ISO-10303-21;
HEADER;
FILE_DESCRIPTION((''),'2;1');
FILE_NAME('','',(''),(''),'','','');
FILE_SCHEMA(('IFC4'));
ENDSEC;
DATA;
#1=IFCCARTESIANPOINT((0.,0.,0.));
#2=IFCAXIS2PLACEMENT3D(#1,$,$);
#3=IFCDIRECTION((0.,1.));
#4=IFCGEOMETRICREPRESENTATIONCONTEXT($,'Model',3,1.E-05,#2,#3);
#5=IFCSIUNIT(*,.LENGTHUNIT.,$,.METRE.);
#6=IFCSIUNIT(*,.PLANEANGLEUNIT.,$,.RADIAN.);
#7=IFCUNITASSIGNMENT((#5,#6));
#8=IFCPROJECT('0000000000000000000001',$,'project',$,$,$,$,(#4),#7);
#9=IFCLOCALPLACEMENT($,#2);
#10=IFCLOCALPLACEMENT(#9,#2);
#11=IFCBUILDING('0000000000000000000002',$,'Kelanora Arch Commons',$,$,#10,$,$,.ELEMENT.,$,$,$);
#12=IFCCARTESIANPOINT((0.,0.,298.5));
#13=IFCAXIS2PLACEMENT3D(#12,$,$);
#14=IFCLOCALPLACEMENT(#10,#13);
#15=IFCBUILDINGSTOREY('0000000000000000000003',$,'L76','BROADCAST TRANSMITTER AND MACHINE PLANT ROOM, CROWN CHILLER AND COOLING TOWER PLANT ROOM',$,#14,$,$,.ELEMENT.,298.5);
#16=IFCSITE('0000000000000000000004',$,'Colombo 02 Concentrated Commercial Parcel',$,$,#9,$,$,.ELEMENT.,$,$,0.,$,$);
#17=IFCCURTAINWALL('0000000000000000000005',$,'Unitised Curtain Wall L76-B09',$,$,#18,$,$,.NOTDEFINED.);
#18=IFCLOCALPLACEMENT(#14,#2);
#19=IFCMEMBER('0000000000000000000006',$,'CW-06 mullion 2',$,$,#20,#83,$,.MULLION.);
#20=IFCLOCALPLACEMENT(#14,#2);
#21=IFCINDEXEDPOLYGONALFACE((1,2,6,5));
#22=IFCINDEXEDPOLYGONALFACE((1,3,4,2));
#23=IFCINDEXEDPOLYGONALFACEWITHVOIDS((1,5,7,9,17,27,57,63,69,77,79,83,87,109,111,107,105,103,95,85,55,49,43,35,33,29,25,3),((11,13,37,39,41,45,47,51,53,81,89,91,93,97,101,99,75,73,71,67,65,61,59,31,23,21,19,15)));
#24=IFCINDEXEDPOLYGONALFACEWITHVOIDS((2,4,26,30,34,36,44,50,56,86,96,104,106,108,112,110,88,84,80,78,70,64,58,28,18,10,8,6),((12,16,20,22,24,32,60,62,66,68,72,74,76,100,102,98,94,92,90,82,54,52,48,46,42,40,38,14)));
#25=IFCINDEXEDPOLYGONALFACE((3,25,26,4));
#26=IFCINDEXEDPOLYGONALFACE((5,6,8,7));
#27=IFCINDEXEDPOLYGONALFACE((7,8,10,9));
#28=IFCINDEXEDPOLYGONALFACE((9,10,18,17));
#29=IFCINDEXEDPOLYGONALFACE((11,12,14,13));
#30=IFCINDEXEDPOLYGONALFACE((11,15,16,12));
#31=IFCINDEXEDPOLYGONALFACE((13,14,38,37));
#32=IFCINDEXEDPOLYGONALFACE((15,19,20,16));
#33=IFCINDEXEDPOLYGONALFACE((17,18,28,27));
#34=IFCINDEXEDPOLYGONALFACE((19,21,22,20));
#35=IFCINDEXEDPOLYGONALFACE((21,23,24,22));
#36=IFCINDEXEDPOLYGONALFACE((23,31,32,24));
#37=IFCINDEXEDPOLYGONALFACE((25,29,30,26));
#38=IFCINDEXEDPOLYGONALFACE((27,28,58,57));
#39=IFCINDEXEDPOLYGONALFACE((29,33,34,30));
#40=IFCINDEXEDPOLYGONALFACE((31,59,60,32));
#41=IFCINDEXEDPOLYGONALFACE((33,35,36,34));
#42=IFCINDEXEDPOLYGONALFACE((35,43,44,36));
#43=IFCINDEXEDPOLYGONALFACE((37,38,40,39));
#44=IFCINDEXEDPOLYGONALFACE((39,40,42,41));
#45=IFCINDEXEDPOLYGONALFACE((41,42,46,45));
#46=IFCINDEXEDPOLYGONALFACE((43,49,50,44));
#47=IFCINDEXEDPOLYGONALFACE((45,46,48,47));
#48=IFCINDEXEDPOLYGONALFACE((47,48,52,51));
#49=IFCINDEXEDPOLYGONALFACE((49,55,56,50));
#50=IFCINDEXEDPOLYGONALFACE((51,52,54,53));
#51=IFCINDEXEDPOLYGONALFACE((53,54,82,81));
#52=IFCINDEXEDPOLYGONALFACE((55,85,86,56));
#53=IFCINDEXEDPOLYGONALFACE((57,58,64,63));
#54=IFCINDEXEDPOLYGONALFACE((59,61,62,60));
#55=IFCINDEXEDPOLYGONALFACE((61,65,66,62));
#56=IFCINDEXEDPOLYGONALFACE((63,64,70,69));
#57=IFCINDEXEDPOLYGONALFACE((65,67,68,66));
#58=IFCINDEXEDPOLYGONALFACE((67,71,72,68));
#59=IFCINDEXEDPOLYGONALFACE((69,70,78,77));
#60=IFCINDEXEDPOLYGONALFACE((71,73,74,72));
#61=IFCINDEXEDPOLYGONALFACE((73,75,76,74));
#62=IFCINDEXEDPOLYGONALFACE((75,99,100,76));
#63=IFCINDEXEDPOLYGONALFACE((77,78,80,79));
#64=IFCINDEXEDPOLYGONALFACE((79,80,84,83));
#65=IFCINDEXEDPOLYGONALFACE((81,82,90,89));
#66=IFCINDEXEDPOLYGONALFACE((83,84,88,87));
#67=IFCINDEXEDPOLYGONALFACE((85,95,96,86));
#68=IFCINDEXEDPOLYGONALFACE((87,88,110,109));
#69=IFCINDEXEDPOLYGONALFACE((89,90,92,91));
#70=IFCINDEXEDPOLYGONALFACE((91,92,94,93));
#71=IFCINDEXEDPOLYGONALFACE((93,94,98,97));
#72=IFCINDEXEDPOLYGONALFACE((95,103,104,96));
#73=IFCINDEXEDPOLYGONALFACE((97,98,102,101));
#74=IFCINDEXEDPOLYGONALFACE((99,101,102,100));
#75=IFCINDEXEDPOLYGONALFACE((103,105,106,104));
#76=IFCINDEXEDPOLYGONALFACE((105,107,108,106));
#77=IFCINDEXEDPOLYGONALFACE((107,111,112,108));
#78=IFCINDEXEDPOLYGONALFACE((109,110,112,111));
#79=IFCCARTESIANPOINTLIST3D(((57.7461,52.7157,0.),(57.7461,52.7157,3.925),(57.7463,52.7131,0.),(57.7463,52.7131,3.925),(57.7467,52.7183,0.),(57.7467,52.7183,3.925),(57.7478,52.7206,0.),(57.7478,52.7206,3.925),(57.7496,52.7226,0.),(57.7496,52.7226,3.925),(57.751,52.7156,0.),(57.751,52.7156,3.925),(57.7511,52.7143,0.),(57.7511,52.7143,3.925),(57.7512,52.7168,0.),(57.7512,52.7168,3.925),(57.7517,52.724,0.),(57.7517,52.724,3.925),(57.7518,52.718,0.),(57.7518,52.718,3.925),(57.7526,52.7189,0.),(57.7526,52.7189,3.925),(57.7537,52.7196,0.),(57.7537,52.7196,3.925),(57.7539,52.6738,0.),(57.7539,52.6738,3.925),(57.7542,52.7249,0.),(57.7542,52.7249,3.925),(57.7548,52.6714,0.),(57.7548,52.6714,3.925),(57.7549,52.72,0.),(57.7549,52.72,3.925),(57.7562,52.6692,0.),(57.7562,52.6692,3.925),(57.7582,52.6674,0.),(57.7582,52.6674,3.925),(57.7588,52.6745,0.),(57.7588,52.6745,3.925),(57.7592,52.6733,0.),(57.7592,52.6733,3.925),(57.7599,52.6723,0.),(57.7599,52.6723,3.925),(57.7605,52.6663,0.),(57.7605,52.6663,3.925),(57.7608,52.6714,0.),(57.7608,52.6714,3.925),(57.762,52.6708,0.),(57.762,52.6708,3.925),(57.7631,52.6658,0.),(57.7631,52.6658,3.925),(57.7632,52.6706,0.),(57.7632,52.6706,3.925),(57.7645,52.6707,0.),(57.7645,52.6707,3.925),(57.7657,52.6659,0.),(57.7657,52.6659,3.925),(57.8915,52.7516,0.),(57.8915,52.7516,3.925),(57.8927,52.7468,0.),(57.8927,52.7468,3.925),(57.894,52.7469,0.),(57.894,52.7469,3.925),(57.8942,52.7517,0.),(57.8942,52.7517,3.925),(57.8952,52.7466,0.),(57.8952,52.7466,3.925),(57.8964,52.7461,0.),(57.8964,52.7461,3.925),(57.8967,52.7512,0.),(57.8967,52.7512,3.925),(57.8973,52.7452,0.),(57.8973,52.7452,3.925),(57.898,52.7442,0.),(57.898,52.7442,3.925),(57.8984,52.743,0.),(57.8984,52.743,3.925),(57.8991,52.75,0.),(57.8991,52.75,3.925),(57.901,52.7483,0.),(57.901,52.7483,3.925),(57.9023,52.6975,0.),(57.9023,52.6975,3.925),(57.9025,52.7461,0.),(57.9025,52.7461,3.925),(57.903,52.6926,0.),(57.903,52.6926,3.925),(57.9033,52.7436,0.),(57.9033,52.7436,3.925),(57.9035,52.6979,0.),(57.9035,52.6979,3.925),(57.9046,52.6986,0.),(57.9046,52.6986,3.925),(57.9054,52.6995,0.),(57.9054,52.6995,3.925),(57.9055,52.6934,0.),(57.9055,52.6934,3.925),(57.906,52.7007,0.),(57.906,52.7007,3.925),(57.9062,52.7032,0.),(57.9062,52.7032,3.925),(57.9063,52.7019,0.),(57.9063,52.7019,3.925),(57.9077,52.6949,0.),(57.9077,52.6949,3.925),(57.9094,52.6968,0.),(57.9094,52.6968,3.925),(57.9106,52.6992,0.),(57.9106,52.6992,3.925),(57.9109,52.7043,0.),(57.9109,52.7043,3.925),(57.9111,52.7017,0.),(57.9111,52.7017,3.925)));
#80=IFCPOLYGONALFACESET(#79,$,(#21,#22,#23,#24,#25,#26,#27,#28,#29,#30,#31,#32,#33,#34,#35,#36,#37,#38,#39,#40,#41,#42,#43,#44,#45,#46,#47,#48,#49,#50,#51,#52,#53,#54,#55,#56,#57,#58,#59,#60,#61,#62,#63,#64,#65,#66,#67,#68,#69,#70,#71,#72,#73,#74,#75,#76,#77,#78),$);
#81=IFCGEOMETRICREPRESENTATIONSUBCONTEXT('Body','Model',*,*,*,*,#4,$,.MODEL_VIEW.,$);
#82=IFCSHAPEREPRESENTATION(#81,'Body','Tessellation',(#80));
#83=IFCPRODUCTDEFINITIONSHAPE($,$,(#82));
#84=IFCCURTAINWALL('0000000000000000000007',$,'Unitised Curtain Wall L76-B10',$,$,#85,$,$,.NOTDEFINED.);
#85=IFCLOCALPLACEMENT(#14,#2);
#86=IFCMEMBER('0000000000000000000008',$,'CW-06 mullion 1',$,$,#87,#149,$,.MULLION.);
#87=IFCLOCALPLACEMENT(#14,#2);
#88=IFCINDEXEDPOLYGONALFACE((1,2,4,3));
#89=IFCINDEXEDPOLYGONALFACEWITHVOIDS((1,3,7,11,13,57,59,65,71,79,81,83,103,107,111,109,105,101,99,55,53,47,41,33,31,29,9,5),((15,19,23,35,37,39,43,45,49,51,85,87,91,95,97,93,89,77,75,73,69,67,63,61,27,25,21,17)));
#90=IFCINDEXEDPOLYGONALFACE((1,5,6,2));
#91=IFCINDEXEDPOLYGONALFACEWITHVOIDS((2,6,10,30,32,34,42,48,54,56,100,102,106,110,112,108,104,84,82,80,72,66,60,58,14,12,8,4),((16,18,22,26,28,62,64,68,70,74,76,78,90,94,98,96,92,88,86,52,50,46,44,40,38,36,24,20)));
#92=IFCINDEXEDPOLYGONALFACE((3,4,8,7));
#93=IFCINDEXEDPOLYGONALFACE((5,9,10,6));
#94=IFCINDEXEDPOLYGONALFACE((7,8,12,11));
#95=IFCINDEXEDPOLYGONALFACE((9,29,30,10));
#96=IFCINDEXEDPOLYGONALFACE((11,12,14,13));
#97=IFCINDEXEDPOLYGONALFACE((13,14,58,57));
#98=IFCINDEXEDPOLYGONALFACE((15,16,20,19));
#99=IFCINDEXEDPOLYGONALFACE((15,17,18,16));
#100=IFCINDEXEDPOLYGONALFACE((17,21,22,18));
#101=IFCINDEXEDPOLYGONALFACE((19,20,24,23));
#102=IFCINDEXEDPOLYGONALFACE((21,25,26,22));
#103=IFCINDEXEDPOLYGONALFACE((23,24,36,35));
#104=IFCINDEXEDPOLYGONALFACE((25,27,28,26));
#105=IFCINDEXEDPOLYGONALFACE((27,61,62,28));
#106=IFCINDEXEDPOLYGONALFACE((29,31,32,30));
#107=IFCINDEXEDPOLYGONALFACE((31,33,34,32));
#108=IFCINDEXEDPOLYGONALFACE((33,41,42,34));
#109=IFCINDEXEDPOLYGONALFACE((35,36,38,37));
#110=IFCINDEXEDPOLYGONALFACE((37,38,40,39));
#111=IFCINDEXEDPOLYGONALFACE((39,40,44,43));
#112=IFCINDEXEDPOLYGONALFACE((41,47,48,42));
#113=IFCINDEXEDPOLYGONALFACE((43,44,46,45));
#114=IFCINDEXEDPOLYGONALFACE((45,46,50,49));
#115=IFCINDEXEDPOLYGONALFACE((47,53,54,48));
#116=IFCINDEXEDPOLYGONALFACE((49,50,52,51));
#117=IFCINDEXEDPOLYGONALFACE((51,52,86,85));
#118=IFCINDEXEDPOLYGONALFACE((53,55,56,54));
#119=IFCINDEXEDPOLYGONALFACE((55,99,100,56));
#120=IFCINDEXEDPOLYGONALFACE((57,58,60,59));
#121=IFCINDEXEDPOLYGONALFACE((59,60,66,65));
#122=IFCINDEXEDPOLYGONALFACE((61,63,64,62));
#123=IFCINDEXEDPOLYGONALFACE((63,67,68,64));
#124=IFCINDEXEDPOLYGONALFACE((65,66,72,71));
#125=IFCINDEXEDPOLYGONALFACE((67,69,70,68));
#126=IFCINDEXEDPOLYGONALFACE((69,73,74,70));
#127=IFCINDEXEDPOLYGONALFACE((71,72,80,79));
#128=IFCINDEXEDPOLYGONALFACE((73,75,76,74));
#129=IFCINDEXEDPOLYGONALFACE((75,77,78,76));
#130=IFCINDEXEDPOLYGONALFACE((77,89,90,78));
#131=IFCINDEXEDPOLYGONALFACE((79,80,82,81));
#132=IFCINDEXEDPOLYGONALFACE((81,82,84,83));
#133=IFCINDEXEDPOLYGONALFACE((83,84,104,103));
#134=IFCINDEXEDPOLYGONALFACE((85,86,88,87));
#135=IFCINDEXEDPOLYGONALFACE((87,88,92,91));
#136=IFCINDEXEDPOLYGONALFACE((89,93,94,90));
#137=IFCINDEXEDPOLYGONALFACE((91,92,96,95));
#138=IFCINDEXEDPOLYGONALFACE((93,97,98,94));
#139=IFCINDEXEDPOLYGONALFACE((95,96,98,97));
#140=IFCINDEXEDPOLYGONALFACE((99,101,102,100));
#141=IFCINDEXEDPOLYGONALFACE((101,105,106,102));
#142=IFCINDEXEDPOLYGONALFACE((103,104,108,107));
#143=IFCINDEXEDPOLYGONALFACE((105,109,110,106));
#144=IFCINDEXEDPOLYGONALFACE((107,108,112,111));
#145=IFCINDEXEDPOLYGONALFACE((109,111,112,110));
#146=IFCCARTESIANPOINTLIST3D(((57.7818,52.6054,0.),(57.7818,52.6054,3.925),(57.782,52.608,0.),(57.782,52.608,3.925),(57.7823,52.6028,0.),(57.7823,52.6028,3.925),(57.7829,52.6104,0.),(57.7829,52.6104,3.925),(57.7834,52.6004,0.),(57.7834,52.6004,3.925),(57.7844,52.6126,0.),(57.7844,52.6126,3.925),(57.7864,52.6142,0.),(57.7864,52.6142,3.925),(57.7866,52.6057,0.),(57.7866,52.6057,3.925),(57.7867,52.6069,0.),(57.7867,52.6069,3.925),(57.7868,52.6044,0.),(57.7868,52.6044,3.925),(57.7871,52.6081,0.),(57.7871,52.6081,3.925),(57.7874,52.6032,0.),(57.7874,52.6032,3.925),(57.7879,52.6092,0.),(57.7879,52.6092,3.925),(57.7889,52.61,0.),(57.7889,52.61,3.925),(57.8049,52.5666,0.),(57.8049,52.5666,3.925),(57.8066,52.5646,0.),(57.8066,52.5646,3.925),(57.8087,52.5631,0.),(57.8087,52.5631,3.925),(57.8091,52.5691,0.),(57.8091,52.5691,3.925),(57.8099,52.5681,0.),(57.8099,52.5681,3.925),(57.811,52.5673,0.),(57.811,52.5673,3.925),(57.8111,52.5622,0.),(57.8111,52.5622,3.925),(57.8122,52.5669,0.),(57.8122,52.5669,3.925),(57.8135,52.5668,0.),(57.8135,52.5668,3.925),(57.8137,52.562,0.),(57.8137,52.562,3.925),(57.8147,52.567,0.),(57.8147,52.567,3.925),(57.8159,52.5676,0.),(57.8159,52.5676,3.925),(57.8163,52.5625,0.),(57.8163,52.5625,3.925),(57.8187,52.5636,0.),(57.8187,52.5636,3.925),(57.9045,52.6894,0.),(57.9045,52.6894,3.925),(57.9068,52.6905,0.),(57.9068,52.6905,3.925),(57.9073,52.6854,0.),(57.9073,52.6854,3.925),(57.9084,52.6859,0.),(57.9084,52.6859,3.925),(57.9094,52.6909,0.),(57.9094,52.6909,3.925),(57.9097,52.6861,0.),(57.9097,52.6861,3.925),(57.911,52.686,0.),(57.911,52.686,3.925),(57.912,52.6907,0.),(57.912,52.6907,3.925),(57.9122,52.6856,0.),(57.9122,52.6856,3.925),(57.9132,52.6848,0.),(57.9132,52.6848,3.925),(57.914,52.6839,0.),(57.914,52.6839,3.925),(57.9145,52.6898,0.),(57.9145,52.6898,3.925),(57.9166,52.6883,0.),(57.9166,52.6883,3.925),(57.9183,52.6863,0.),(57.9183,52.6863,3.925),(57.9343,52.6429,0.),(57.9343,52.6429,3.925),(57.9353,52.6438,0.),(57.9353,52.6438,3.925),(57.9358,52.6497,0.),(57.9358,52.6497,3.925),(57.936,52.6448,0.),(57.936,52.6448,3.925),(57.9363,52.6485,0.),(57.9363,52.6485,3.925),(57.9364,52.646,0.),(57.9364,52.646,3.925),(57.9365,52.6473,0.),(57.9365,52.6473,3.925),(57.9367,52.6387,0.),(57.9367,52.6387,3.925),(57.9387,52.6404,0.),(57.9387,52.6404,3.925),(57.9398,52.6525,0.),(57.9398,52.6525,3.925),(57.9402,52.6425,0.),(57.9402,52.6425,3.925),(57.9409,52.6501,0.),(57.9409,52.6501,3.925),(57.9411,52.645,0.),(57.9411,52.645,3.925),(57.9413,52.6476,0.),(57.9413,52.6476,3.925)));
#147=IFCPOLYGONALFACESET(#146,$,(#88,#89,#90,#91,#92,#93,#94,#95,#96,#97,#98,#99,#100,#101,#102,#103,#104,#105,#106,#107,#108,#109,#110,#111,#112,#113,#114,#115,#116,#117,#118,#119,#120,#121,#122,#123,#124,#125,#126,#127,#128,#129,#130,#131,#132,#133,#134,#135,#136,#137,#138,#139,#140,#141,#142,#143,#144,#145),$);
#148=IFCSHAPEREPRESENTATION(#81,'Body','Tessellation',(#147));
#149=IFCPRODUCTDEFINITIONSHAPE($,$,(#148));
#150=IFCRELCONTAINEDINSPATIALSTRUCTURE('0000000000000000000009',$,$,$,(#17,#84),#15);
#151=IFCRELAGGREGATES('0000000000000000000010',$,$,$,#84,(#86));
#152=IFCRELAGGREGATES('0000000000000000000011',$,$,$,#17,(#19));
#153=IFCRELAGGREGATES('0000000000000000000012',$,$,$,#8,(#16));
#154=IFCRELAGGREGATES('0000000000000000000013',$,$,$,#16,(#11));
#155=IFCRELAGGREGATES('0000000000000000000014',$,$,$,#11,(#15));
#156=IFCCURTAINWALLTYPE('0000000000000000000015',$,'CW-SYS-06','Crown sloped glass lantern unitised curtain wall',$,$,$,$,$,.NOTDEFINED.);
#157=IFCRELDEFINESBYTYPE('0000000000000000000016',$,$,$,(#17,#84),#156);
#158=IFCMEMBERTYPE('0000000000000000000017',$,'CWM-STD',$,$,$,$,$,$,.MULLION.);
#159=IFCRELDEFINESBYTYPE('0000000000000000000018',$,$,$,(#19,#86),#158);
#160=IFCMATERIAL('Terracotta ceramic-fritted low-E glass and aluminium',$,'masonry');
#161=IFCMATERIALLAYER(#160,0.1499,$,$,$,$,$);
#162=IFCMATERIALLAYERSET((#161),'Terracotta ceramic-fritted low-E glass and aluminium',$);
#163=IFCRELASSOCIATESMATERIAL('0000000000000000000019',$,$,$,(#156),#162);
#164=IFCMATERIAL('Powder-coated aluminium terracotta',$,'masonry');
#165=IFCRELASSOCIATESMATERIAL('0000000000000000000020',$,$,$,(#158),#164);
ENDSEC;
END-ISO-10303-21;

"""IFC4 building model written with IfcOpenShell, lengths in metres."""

from ifc_helpers import new_model, si_unit, direction, frame, origin, origin_2d, place, context, subcontext, project, spatial, hollow_rectangle, extrude, material, layer, layer_set, material_profile, profile_set, type_object, element, aggregate, save


model = new_model("IFC4")

# Units and contexts
model_context = context("Model", 3, precision=1e-05, world=origin(), true_north=direction((0.0, 1.0)))
body_context = subcontext(model_context, "Body", "Model", "MODEL_VIEW")
ifc_project = project(units=[si_unit("LENGTHUNIT", "METRE"), si_unit("PLANEANGLEUNIT", "RADIAN")], contexts=[model_context])

# Site, building, storey
site_placement = place(None, origin())
site = spatial("IfcSite", under=ifc_project, at=site_placement, Name="Colombo 02 Concentrated Commercial Parcel", CompositionType="ELEMENT", RefElevation=0.0)
building_placement = place(site_placement, origin())
building = spatial("IfcBuilding", under=site, at=building_placement, Name="Kelanora Arch Commons", CompositionType="ELEMENT")
storey_placement = place(building_placement, frame((0.0, 0.0, 298.5)))
storey = spatial("IfcBuildingStorey", under=building, at=storey_placement, Name="L76", Description="BROADCAST TRANSMITTER AND MACHINE PLANT ROOM, CROWN CHILLER AND COOLING TOWER PLANT ROOM", CompositionType="ELEMENT", Elevation=298.5)

# Curtain wall, member
ifc_material_1 = material(Name="Terracotta ceramic-fritted low-E glass and aluminium", Category="masonry")
ifc_layer_1 = layer(ifc_material_1, 0.1499)
ifc_layer_set_1 = layer_set([ifc_layer_1], Name="Terracotta ceramic-fritted low-E glass and aluminium")
curtain_wall_type = type_object("IfcCurtainWallType", Name="CW-SYS-06", Description="Crown sloped glass lantern unitised curtain wall", PredefinedType="NOTDEFINED", material=ifc_layer_set_1)
curtain_wall_1_placement = place(storey_placement, origin())
curtain_wall_1 = element("IfcCurtainWall", 1, at=curtain_wall_1_placement, inside=storey, type_object=curtain_wall_type, Name="Unitised Curtain Wall L76-B09", PredefinedType="NOTDEFINED")
ifc_material_2 = material(Name="Powder-coated aluminium terracotta", Category="masonry")
ifc_material_profile_1 = material_profile(ifc_material_2, hollow_rectangle(XDim=0.1599, YDim=0.0601, WallThickness=0.0049, InnerFilletRadius=0.0049, OuterFilletRadius=0.01, at=origin_2d()), Name="CWM160x60")
ifc_profile_set_1 = profile_set([ifc_material_profile_1], Name="Powder-coated aluminium terracotta")
member_type_1 = type_object("IfcMemberType", Name="CWM-STD", PredefinedType="MULLION", material=ifc_profile_set_1)
member_1_placement = place(storey_placement, frame((57.8286, 52.7087, 0.0), z_axis=(0.0, 0.0, 1.0), x_axis=(0.981624, 0.190827, 0.0)))
member_1 = element("IfcMember", 2, at=member_1_placement, type_object=member_type_1, Name="CW-06 mullion 2", PredefinedType="MULLION", context=body_context, shape_type="SweptSolid", body=[
    extrude(hollow_rectangle(XDim=0.1599, YDim=0.0601, WallThickness=0.0049, InnerFilletRadius=0.0049, OuterFilletRadius=0.01, at=origin_2d()), origin(), (0.0, 0.0, 1.0), 3.925),
])

# Curtain wall, member
curtain_wall_2_placement = place(storey_placement, origin())
curtain_wall_2 = element("IfcCurtainWall", 3, at=curtain_wall_2_placement, inside=storey, type_object=curtain_wall_type, Name="Unitised Curtain Wall L76-B10", PredefinedType="NOTDEFINED")
member_2_placement = place(storey_placement, frame((57.8616, 52.6265, 0.0), z_axis=(0.0, 0.0, 1.0), x_axis=(0.843592, 0.536984, 0.0)))
member_2 = element("IfcMember", 4, at=member_2_placement, type_object=member_type_1, Name="CW-06 mullion 1", PredefinedType="MULLION", context=body_context, shape_type="SweptSolid", body=[
    extrude(hollow_rectangle(XDim=0.1599, YDim=0.0601, WallThickness=0.0049, InnerFilletRadius=0.0049, OuterFilletRadius=0.01, at=origin_2d()), origin(), (0.0, 0.0, 1.0), 3.925),
])

aggregate(curtain_wall_2, [member_2])

aggregate(curtain_wall_1, [member_1])

save(model, "model.ifc")
